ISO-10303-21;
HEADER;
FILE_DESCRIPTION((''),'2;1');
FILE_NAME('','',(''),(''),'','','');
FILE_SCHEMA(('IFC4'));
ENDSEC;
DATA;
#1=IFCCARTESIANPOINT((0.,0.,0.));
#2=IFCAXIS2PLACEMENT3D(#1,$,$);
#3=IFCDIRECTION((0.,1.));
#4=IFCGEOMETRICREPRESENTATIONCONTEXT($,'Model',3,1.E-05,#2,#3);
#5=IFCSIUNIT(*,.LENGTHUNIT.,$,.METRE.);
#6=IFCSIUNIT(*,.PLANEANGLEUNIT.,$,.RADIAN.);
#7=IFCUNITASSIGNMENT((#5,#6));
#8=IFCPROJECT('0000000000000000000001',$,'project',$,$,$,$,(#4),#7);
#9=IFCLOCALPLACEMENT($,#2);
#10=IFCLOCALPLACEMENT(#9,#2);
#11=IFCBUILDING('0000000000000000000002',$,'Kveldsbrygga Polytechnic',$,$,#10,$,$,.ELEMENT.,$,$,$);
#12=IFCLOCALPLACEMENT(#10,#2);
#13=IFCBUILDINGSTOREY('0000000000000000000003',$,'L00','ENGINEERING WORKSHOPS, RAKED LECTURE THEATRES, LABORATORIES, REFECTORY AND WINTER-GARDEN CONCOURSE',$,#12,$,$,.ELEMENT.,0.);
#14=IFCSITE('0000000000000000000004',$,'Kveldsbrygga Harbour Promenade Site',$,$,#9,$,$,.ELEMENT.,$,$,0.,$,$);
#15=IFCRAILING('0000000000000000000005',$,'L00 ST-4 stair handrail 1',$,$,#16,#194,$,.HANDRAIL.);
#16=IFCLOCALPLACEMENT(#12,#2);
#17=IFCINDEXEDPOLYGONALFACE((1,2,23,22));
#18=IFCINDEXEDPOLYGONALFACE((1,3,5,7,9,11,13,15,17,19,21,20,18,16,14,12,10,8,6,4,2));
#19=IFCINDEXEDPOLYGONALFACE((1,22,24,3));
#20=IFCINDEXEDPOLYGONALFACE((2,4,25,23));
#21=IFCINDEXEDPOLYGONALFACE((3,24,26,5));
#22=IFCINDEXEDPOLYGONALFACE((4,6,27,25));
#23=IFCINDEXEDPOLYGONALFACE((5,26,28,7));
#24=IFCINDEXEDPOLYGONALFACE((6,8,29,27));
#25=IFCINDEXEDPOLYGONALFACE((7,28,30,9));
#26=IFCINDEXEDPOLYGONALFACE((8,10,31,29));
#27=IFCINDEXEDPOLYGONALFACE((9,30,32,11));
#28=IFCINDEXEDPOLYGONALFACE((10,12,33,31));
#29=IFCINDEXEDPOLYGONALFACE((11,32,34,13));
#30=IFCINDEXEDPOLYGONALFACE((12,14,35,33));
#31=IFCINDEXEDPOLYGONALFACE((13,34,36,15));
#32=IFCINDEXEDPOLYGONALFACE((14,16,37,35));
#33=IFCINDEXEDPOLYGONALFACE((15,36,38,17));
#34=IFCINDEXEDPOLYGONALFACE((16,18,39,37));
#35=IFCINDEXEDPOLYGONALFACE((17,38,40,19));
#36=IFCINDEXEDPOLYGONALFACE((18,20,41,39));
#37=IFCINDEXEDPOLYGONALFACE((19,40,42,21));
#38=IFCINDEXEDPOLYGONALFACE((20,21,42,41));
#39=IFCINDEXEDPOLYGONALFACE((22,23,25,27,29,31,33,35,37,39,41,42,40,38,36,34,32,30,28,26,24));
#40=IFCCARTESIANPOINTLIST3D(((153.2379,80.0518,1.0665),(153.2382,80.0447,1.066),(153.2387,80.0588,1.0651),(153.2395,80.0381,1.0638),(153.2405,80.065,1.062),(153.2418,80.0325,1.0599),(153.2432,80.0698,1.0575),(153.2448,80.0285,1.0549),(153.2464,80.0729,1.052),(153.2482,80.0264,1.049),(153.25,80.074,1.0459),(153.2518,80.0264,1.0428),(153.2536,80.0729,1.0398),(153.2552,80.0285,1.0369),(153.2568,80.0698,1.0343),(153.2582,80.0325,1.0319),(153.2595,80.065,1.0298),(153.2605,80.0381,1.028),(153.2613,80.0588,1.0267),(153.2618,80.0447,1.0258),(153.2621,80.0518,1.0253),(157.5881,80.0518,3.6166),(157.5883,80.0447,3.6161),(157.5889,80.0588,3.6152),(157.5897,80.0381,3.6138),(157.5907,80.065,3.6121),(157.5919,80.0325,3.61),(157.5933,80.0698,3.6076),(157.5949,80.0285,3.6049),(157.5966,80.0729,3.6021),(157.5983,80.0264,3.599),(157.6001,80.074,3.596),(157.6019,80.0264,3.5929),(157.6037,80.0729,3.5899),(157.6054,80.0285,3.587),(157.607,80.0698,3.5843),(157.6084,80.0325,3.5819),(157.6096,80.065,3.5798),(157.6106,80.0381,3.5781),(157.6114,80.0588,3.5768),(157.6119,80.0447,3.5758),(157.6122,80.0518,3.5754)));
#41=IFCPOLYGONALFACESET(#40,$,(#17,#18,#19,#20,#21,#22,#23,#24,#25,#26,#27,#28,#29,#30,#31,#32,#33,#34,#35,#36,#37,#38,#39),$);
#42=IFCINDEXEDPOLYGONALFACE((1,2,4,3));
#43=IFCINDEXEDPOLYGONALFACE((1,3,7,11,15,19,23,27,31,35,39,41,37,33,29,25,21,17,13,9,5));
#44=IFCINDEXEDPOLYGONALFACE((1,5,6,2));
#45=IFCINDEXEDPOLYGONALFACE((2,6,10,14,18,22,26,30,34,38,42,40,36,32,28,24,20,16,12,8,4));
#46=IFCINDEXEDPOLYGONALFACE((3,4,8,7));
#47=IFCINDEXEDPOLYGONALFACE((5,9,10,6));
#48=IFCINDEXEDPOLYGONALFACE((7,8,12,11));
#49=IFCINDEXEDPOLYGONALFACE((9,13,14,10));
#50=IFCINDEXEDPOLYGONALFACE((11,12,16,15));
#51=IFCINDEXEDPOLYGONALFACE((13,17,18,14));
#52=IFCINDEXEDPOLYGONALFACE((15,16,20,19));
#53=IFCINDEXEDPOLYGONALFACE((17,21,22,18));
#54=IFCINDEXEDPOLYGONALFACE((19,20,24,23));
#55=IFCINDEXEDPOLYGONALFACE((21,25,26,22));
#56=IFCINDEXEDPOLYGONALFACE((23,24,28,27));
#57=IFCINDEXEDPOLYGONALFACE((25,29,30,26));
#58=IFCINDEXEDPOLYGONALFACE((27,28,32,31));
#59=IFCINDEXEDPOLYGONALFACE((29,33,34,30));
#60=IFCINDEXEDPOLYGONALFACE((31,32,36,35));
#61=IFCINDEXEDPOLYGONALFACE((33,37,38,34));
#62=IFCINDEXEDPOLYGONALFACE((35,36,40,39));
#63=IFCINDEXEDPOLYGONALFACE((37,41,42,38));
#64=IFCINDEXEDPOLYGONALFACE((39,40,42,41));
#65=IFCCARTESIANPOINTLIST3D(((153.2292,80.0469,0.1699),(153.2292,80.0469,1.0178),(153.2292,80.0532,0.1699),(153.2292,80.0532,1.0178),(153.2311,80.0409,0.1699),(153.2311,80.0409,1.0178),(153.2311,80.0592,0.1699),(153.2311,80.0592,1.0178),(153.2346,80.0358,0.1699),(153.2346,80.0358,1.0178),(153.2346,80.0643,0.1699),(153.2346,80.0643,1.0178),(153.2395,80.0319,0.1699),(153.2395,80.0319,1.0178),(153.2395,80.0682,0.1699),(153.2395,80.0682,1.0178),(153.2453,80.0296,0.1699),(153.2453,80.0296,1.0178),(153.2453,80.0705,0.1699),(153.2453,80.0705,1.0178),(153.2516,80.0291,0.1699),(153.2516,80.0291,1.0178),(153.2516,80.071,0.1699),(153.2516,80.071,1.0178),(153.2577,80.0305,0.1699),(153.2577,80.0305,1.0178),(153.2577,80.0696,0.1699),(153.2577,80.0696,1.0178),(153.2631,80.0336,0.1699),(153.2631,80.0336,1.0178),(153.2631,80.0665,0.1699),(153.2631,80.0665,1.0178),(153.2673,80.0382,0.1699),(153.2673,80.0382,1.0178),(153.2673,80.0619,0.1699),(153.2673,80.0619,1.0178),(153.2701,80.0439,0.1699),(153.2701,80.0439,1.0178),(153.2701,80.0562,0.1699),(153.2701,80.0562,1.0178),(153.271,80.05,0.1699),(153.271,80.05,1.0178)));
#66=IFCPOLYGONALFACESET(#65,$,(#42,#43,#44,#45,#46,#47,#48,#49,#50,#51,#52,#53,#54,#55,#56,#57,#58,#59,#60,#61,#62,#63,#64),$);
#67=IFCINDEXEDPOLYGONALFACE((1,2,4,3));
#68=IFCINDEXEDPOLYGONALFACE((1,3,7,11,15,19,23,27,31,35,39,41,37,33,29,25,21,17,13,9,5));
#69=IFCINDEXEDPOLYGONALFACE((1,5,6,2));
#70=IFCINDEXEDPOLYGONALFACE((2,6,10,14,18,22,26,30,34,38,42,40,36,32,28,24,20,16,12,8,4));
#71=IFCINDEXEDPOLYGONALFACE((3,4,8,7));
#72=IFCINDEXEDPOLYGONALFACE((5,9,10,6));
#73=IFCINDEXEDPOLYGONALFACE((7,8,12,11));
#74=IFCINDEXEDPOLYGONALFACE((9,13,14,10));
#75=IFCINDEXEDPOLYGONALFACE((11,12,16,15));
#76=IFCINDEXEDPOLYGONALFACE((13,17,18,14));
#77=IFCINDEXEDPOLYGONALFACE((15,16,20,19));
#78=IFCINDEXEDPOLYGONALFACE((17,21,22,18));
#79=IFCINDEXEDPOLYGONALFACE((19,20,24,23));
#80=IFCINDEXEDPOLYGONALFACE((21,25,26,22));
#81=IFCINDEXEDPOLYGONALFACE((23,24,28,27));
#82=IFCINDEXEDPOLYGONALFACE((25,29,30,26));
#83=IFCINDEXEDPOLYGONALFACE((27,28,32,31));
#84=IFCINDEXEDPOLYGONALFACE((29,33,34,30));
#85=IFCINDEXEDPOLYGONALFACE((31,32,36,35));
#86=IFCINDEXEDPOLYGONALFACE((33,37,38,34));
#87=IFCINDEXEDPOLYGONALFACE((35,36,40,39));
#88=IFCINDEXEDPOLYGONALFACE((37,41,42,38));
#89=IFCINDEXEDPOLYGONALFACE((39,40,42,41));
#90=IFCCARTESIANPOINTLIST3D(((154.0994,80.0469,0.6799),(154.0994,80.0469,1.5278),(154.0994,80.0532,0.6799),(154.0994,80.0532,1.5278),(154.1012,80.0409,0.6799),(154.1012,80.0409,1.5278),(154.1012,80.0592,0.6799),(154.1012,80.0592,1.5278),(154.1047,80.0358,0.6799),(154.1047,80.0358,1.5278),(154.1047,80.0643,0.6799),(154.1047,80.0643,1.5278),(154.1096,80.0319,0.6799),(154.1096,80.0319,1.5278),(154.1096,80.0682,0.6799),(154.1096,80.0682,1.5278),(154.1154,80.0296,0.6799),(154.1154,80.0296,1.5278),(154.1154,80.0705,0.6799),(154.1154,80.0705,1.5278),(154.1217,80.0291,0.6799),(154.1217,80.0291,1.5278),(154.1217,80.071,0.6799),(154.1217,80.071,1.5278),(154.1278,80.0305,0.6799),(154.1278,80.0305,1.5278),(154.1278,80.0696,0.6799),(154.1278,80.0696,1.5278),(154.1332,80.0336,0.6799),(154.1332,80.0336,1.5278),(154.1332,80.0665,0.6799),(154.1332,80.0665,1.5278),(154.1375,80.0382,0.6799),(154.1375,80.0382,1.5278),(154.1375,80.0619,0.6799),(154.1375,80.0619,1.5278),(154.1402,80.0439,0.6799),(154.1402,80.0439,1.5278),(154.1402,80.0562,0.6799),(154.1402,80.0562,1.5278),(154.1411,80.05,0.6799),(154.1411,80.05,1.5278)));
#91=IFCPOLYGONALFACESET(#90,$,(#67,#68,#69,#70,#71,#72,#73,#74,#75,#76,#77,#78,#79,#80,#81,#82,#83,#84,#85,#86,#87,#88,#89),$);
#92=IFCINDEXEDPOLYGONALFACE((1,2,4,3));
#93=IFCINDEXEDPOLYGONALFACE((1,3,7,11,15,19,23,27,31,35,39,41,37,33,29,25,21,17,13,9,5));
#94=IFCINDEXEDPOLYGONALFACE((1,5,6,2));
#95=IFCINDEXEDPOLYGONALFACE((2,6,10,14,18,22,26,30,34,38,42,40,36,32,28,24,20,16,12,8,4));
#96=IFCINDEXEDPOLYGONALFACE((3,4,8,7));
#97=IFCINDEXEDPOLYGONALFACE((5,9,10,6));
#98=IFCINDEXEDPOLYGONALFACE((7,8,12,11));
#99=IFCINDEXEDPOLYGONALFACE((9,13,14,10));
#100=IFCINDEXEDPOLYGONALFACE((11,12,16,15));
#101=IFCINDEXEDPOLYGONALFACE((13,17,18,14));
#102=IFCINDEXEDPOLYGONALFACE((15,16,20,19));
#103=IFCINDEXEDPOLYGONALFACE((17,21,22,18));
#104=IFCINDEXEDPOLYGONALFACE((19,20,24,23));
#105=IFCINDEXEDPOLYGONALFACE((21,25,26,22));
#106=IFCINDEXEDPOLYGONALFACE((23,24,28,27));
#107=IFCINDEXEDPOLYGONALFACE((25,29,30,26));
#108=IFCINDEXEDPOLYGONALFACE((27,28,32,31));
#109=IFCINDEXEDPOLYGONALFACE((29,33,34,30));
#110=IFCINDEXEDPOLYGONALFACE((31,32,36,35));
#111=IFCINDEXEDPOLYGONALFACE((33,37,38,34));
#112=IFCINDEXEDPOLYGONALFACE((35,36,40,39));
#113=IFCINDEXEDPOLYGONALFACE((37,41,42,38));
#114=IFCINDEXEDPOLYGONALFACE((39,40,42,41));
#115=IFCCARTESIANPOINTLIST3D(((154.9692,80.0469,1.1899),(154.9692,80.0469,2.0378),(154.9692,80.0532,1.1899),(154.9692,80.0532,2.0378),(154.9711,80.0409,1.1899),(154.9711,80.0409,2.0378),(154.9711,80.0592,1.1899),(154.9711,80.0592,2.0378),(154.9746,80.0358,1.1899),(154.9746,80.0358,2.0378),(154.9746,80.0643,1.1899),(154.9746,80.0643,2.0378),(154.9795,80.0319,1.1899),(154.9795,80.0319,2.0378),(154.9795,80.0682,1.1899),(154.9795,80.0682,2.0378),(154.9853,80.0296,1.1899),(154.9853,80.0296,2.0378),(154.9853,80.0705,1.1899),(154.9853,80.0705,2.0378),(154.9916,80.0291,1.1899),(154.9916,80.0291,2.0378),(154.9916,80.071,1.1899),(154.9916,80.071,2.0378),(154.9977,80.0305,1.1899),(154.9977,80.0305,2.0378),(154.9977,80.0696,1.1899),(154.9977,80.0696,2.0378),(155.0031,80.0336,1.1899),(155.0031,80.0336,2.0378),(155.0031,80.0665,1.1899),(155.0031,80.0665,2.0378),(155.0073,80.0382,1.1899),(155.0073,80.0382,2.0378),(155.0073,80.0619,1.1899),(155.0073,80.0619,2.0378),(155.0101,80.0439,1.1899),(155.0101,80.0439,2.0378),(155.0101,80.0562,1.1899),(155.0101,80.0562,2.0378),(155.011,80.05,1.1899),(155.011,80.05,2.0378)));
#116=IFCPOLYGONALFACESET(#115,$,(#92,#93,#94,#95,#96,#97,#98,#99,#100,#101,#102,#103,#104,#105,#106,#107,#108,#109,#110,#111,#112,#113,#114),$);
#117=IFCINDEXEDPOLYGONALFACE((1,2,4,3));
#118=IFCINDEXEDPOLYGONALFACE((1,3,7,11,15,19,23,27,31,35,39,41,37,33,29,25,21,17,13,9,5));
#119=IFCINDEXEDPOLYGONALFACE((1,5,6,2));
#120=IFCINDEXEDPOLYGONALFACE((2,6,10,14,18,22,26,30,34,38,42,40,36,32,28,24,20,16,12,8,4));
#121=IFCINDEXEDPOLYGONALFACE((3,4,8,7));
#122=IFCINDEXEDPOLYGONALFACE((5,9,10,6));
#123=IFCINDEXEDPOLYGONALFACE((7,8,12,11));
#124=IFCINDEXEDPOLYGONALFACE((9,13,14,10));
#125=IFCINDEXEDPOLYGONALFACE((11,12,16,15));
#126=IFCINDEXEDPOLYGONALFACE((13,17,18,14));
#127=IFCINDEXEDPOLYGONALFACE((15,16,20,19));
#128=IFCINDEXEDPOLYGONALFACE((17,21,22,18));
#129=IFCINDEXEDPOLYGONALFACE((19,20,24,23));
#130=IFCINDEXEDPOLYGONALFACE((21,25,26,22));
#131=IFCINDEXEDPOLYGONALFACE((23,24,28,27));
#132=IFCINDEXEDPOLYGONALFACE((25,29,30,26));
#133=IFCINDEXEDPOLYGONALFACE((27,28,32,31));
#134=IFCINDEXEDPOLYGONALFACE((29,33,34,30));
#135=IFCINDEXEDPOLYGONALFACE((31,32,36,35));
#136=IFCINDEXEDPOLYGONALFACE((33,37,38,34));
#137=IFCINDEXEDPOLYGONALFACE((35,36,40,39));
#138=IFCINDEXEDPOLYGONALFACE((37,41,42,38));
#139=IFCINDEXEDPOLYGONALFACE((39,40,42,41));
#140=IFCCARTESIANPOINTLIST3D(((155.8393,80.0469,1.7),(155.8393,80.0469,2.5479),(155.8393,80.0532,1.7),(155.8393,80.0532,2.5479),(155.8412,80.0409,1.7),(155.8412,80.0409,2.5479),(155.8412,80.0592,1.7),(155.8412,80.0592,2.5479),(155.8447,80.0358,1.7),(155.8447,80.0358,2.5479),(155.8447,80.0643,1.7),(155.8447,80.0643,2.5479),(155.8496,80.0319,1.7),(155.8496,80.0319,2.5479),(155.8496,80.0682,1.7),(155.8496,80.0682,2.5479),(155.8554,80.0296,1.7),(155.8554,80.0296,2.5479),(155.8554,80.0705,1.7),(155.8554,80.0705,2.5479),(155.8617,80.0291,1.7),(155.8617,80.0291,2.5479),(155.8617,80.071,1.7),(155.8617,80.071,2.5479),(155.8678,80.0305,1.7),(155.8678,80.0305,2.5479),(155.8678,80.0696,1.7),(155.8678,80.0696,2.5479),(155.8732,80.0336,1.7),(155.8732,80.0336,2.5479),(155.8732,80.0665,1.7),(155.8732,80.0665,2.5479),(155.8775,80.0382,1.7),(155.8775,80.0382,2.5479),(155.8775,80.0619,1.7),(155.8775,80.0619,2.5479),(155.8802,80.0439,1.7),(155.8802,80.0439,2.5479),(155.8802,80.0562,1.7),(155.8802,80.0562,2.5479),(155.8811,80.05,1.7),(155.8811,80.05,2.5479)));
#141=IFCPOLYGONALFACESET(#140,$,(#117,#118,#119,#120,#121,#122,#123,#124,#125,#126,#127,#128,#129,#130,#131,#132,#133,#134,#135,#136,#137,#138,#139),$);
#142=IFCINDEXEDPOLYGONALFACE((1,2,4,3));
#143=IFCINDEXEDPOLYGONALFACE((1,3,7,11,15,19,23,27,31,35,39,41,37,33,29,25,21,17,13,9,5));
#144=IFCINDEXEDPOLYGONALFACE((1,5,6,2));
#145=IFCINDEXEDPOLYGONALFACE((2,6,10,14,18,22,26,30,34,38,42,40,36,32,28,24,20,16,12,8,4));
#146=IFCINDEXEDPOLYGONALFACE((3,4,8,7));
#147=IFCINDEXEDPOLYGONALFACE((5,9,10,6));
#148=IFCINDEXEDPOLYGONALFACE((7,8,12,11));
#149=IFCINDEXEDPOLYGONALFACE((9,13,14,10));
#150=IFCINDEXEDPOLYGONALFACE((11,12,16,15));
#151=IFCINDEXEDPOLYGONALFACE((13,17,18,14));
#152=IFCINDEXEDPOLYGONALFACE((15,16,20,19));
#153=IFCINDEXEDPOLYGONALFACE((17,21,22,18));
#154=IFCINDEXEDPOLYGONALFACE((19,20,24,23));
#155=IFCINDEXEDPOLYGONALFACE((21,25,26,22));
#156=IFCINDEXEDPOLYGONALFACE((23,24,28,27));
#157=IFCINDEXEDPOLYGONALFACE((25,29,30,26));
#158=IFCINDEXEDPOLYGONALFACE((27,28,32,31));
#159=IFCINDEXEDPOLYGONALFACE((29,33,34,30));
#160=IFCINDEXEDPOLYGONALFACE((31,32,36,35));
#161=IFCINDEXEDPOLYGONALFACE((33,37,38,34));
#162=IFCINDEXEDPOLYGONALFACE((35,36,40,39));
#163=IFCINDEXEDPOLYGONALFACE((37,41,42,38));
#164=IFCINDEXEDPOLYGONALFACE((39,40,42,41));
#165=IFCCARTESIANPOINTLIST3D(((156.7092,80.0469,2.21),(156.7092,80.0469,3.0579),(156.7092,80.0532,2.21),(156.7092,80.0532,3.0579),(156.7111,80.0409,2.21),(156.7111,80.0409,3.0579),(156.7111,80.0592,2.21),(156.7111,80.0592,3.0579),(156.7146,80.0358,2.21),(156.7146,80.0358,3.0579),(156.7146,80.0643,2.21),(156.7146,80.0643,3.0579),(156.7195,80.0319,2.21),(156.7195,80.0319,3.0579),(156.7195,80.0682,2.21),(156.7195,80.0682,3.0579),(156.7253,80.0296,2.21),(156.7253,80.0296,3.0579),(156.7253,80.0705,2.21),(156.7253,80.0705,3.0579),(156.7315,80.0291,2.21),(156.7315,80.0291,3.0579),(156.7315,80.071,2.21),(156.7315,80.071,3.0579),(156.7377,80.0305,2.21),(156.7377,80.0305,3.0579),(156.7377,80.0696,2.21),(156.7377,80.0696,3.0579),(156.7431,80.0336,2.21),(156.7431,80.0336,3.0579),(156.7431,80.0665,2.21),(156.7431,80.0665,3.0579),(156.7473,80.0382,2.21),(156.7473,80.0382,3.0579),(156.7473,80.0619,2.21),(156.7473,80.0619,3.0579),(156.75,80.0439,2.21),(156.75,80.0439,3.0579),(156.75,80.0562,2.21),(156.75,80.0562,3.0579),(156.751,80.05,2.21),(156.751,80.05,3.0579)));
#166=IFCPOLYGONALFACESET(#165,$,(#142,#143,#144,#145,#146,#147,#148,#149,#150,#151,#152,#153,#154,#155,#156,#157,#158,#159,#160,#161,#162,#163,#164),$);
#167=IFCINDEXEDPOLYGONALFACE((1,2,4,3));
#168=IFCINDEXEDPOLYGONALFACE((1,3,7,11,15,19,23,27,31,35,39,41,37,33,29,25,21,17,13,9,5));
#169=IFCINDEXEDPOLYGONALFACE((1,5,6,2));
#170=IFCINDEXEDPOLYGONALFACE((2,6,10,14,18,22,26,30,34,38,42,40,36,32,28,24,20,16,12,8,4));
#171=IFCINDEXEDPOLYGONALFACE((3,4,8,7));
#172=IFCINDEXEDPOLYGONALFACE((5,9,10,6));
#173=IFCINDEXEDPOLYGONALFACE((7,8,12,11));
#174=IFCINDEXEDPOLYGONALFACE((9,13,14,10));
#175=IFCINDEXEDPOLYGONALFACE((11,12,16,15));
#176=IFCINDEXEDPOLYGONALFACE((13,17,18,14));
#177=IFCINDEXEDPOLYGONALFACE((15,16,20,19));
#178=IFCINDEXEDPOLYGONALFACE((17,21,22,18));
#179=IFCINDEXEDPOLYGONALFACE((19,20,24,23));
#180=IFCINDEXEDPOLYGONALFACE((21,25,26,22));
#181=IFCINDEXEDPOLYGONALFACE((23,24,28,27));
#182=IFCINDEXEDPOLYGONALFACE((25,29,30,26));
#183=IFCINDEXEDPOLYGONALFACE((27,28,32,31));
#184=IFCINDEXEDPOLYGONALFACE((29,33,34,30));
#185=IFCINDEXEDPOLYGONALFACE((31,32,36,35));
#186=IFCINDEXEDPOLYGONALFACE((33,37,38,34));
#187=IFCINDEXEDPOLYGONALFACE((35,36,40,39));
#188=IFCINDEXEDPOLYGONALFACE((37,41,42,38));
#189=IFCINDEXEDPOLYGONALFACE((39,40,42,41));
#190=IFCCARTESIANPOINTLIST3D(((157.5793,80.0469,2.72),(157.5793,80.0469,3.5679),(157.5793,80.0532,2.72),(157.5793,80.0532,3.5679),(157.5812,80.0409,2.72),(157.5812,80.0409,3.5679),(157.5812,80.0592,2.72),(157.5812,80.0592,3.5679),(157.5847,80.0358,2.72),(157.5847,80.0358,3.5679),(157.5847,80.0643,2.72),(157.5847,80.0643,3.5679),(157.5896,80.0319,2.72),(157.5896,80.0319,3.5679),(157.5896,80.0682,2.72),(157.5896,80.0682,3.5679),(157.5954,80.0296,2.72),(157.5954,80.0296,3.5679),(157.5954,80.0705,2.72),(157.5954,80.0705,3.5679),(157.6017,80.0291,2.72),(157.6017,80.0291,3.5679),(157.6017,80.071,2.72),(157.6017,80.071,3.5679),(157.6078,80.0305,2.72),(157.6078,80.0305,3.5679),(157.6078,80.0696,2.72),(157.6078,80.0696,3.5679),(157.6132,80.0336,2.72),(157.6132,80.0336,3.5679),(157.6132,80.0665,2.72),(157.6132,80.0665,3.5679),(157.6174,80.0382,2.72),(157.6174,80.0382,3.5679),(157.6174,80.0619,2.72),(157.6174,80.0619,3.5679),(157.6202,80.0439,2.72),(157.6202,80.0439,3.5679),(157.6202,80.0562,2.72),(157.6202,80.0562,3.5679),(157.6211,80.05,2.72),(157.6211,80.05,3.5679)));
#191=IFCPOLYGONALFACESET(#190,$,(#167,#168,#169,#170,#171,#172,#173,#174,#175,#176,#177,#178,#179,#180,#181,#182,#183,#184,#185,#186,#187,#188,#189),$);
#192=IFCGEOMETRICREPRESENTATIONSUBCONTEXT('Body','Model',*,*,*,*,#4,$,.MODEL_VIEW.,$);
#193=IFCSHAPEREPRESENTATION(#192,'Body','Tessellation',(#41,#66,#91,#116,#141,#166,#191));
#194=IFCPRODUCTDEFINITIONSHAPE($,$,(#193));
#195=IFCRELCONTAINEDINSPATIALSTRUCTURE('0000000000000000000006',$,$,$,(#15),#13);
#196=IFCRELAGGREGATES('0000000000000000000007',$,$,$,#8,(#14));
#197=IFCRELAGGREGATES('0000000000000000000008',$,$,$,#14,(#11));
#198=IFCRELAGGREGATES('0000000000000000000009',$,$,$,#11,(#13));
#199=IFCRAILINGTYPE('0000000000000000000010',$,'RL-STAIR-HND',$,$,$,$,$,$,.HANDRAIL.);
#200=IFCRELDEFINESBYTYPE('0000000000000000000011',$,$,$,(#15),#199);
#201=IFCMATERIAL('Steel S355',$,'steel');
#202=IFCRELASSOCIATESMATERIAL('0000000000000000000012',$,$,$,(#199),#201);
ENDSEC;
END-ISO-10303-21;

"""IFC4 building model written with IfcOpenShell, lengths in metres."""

from ifc_helpers import new_model, si_unit, direction, frame, origin, origin_2d, place, context, subcontext, project, spatial, circle, extrude, material, type_object, element, save


model = new_model("IFC4")

# Units and contexts
model_context = context("Model", 3, precision=1e-05, world=origin(), true_north=direction((0.0, 1.0)))
body_context = subcontext(model_context, "Body", "Model", "MODEL_VIEW")
ifc_project = project(units=[si_unit("LENGTHUNIT", "METRE"), si_unit("PLANEANGLEUNIT", "RADIAN")], contexts=[model_context])

# Site, building, storey
site_placement = place(None, origin())
site = spatial("IfcSite", under=ifc_project, at=site_placement, Name="Kveldsbrygga Harbour Promenade Site", CompositionType="ELEMENT", RefElevation=0.0)
building_placement = place(site_placement, origin())
building = spatial("IfcBuilding", under=site, at=building_placement, Name="Kveldsbrygga Polytechnic", CompositionType="ELEMENT")
storey_placement = place(building_placement, origin())
storey = spatial("IfcBuildingStorey", under=building, at=storey_placement, Name="L00", Description="ENGINEERING WORKSHOPS, RAKED LECTURE THEATRES, LABORATORIES, REFECTORY AND WINTER-GARDEN CONCOURSE", CompositionType="ELEMENT", Elevation=0.0)

# Shared definitions
ifc_material_1 = material(Name="Steel S355", Category="steel")

# Railing
railing_type_1 = type_object("IfcRailingType", Name="RL-STAIR-HND", PredefinedType="HANDRAIL", material=ifc_material_1)
railing_1_placement = place(storey_placement, frame((153.25, 80.05, 0.1699)))
element("IfcRailing", 1, at=railing_1_placement, inside=storey, type_object=railing_type_1, Name="L00 ST-4 stair handrail 1", PredefinedType="HANDRAIL", context=body_context, shape_type="SweptSolid", body=[
    extrude(circle(Radius=0.0239, at=origin_2d()), frame((0.0, 0.0, 0.876), z_axis=(0.862699, 0.0, 0.505718), x_axis=(0.0, 1.0, 0.0)), (0.0, 0.0, 1.0), 5.0425),
    extrude(circle(Radius=0.021, at=origin_2d()), origin(), (0.0, 0.0, 1.0), 0.8479),
    extrude(circle(Radius=0.021, at=origin_2d()), frame((0.8701, 0.0, 0.51)), (0.0, 0.0, 1.0), 0.8479),
    extrude(circle(Radius=0.021, at=origin_2d()), frame((1.74, 0.0, 1.02)), (0.0, 0.0, 1.0), 0.8479),
    extrude(circle(Radius=0.021, at=origin_2d()), frame((2.6101, 0.0, 1.53)), (0.0, 0.0, 1.0), 0.8479),
    extrude(circle(Radius=0.021, at=origin_2d()), frame((3.48, 0.0, 2.04)), (0.0, 0.0, 1.0), 0.8479),
    extrude(circle(Radius=0.021, at=origin_2d()), frame((4.3501, 0.0, 2.55)), (0.0, 0.0, 1.0), 0.8479),
])

save(model, "model.ifc")
